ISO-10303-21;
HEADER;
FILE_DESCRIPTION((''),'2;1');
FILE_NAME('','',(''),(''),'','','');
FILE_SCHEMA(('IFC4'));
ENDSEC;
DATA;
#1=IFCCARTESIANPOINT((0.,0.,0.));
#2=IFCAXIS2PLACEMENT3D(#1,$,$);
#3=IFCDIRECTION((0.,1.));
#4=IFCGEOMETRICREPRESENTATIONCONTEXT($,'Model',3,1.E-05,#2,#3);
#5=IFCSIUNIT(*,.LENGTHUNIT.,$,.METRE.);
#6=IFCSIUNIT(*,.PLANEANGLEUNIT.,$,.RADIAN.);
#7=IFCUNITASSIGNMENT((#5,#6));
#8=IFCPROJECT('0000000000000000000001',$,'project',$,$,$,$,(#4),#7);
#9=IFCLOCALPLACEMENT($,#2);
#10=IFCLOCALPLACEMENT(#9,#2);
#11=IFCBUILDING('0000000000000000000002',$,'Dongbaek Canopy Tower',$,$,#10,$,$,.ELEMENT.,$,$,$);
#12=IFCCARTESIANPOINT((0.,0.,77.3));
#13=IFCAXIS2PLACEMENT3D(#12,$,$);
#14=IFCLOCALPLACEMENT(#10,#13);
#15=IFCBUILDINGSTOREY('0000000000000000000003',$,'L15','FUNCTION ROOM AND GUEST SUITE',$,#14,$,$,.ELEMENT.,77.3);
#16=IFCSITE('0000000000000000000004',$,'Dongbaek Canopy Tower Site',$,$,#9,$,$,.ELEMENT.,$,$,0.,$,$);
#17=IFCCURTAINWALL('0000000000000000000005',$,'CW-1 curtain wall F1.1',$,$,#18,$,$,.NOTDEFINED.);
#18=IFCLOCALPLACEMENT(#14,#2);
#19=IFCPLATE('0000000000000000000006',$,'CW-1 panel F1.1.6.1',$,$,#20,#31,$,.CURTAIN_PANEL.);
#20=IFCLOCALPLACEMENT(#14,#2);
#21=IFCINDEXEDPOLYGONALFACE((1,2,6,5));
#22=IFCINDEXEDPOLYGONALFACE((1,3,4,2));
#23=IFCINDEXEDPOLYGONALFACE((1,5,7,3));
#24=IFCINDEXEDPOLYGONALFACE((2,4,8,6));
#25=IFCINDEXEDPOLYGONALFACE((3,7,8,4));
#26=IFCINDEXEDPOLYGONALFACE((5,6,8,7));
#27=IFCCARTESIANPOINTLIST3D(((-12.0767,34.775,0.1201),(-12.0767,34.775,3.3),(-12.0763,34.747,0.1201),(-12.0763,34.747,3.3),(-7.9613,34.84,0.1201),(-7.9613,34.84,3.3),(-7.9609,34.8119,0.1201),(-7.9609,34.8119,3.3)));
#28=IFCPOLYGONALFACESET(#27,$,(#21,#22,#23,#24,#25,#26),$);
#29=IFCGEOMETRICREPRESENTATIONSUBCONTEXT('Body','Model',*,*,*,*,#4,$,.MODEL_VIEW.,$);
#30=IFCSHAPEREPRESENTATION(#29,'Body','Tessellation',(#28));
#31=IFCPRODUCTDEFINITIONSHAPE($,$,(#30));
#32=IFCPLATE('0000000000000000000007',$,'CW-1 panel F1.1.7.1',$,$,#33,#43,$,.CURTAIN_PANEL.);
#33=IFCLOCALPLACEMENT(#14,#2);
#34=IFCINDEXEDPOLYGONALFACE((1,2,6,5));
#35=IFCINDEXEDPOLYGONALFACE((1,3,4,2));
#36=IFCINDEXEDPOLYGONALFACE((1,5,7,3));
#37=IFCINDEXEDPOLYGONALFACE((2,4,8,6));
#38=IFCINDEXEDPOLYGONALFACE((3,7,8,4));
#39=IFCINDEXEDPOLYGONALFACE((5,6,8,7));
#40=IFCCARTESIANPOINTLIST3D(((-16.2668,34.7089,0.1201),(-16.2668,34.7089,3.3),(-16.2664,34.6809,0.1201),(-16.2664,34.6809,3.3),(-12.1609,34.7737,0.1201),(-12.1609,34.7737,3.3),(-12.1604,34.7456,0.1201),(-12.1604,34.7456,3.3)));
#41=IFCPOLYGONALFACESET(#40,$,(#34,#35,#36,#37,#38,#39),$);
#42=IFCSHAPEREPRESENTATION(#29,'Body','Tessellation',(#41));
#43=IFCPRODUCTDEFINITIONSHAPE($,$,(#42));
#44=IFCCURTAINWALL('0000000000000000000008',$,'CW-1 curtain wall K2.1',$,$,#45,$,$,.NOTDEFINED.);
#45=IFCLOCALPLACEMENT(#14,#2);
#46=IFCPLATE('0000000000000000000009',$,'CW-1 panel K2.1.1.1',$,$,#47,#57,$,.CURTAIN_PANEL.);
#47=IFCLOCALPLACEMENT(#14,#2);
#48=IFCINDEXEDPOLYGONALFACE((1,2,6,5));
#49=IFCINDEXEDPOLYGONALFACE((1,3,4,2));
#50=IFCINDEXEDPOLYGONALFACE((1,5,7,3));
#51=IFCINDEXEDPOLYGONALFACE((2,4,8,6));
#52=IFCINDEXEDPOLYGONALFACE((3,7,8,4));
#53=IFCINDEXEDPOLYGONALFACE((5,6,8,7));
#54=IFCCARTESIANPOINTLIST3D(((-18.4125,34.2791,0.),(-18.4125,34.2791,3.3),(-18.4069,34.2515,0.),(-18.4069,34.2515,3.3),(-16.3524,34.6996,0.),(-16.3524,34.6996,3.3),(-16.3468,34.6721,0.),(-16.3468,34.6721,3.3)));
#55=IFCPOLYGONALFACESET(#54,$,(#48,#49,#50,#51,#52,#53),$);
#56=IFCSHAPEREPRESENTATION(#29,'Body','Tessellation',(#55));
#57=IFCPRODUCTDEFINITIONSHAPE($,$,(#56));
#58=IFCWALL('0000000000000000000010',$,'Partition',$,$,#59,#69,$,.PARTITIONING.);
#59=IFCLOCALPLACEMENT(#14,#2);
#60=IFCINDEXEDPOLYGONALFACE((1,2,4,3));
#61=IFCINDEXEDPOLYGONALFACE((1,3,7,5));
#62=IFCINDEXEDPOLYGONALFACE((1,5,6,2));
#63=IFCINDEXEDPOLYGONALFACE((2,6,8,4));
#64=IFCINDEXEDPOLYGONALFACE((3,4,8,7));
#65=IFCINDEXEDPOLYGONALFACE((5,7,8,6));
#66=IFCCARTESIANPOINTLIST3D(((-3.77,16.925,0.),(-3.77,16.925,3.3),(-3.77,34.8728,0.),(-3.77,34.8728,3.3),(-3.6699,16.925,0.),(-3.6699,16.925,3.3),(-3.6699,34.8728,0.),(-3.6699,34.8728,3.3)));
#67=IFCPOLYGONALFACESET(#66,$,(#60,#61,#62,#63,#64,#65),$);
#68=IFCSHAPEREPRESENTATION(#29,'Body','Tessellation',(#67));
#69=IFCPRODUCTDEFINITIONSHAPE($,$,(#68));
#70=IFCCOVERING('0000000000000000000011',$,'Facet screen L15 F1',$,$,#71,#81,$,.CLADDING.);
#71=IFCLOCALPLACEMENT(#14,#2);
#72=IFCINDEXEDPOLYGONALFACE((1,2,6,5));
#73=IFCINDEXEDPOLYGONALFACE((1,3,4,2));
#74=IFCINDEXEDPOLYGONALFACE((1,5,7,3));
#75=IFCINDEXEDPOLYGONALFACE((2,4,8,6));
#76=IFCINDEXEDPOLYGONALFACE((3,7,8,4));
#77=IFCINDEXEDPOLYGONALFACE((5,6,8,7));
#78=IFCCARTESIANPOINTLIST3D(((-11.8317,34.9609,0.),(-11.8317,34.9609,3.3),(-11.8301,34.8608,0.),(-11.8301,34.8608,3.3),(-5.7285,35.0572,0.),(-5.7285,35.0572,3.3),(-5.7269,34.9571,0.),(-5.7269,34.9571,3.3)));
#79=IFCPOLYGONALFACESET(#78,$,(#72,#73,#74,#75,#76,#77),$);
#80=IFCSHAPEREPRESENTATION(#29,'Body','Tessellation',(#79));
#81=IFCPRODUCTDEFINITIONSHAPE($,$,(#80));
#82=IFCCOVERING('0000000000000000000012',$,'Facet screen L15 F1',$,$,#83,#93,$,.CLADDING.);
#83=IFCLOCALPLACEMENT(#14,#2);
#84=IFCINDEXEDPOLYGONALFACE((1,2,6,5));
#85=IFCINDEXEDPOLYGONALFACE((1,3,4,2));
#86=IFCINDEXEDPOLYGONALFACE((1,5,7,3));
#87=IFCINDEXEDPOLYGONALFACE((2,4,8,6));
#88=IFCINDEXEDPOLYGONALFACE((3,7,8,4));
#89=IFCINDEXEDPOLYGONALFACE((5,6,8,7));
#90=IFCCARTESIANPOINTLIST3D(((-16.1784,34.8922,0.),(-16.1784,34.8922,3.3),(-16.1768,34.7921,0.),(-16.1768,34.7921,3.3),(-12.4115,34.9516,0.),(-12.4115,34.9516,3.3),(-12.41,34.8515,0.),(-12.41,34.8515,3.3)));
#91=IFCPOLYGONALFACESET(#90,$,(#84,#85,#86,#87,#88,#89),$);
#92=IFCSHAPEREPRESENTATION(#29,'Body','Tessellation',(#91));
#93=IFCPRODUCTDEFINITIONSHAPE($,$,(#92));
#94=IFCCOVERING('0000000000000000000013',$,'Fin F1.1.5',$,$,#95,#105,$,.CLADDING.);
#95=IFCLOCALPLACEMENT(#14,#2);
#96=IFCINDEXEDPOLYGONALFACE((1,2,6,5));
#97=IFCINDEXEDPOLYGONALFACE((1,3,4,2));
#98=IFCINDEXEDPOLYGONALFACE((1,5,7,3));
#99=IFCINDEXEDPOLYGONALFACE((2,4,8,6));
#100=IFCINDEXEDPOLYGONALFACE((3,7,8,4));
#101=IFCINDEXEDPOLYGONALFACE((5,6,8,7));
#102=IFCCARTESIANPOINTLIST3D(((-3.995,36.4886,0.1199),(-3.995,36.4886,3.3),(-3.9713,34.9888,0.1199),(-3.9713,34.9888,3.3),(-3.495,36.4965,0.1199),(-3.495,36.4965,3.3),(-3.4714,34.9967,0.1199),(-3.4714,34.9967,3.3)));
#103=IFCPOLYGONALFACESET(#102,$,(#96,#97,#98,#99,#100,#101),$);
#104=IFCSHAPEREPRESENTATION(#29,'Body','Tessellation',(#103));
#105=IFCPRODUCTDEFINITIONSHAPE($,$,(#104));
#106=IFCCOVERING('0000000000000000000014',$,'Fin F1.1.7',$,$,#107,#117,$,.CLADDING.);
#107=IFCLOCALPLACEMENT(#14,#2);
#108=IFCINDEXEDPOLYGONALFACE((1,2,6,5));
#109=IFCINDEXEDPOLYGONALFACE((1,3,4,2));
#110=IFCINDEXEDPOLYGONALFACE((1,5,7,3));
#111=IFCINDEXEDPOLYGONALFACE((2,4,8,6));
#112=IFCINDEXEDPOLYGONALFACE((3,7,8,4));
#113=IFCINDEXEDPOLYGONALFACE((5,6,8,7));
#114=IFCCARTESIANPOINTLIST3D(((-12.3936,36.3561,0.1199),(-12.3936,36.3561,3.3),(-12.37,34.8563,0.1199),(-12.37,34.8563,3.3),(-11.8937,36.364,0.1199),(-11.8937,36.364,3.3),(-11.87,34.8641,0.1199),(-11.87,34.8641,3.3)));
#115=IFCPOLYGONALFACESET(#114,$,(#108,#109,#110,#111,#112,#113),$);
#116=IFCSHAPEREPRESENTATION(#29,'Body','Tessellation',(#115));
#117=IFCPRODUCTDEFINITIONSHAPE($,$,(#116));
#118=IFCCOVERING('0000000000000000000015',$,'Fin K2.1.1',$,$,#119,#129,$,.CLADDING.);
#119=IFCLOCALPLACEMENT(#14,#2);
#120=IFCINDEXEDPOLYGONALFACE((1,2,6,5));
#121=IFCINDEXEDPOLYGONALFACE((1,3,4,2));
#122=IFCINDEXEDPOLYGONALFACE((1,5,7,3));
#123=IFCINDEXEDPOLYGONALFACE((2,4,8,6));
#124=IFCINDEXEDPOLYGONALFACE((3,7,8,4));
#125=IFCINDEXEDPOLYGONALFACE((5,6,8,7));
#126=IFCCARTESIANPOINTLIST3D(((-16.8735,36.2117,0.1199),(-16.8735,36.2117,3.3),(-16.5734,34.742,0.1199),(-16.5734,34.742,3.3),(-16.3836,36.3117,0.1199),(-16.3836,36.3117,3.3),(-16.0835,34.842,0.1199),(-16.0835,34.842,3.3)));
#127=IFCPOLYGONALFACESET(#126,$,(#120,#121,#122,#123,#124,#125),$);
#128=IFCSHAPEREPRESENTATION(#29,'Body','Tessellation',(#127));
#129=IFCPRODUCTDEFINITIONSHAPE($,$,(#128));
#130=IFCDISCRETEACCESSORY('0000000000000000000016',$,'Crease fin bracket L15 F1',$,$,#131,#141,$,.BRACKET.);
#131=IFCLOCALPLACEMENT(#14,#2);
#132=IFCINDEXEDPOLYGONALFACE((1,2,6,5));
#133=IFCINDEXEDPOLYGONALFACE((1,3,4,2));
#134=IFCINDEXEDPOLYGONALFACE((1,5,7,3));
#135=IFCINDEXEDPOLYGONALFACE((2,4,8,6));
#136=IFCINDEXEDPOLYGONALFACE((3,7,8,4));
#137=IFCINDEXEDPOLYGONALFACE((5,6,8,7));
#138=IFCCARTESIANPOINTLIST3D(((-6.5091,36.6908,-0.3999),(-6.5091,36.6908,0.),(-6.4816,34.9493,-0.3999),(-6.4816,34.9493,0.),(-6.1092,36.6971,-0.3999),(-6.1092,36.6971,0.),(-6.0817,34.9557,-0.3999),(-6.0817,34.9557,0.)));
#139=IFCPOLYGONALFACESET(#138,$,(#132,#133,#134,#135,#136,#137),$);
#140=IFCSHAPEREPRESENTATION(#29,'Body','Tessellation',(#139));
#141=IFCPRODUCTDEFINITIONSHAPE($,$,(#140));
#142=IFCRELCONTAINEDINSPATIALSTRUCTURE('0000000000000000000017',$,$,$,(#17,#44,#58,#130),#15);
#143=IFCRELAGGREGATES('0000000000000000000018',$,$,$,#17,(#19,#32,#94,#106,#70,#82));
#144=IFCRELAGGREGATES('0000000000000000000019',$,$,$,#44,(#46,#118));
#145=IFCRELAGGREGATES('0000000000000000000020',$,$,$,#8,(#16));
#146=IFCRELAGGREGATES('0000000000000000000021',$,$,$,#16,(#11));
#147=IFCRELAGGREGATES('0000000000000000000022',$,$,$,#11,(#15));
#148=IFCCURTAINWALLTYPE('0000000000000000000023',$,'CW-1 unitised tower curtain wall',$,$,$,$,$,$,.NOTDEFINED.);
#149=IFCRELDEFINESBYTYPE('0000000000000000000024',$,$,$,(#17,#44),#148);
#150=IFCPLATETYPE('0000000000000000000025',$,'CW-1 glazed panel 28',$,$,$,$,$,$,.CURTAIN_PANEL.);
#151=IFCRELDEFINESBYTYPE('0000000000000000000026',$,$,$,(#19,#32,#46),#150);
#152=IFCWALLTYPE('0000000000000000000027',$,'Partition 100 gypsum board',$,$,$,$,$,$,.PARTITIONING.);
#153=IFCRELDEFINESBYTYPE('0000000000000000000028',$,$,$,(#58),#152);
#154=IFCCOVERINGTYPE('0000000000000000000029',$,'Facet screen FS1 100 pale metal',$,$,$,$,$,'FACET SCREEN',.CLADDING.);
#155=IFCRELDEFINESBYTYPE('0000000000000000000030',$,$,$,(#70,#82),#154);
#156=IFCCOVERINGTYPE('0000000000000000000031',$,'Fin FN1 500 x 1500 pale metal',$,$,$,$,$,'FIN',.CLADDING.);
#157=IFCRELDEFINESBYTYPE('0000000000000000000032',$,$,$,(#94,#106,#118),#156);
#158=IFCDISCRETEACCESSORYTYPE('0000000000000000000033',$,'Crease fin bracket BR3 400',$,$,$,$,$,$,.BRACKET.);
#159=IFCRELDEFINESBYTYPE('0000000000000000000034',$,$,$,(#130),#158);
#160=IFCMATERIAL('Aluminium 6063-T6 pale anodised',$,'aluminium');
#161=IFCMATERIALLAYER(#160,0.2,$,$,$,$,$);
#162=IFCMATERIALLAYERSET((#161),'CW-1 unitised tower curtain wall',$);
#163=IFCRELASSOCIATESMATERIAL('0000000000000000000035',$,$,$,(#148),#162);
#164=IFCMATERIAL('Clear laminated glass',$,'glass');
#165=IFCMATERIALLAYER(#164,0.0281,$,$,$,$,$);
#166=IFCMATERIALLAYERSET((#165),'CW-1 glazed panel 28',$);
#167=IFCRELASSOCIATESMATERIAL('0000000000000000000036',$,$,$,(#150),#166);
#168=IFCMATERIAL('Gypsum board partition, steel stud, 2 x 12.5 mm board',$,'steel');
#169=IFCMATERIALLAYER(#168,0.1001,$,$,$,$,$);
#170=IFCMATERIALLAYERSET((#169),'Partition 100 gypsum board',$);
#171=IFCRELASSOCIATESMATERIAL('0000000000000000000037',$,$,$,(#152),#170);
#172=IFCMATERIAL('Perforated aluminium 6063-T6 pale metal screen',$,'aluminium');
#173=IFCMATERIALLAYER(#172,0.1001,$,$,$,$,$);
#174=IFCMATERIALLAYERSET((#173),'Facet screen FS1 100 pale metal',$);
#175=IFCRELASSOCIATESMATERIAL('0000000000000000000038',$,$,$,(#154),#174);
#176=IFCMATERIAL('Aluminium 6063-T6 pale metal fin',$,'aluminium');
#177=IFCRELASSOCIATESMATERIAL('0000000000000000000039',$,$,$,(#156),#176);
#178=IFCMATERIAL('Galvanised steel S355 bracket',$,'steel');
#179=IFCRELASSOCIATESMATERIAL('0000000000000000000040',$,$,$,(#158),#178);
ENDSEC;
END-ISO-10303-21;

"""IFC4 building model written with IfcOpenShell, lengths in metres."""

from ifc_helpers import new_model, si_unit, direction, frame, frame_2d, origin, origin_2d, place, context, subcontext, project, spatial, rectangle, extrude, material, layer, layer_set, material_profile, profile_set, type_object, element, aggregate, save


model = new_model("IFC4")

# Units and contexts
model_context = context("Model", 3, precision=1e-05, world=origin(), true_north=direction((0.0, 1.0)))
body_context = subcontext(model_context, "Body", "Model", "MODEL_VIEW")
ifc_project = project(units=[si_unit("LENGTHUNIT", "METRE"), si_unit("PLANEANGLEUNIT", "RADIAN")], contexts=[model_context])

# Site, building, storey
site_placement = place(None, origin())
site = spatial("IfcSite", under=ifc_project, at=site_placement, Name="Dongbaek Canopy Tower Site", CompositionType="ELEMENT", RefElevation=0.0)
building_placement = place(site_placement, origin())
building = spatial("IfcBuilding", under=site, at=building_placement, Name="Dongbaek Canopy Tower", CompositionType="ELEMENT")
storey_placement = place(building_placement, frame((0.0, 0.0, 77.3)))
storey = spatial("IfcBuildingStorey", under=building, at=storey_placement, Name="L15", Description="FUNCTION ROOM AND GUEST SUITE", CompositionType="ELEMENT", Elevation=77.3)

# Curtain wall
ifc_material_1 = material(Name="Aluminium 6063-T6 pale anodised", Category="aluminium")
ifc_layer_1 = layer(ifc_material_1, 0.2)
ifc_layer_set_1 = layer_set([ifc_layer_1], Name="CW-1 unitised tower curtain wall")
curtain_wall_type = type_object("IfcCurtainWallType", Name="CW-1 unitised tower curtain wall", PredefinedType="NOTDEFINED", material=ifc_layer_set_1)
curtain_wall_1_placement = place(storey_placement, origin())
curtain_wall_1 = element("IfcCurtainWall", 1, at=curtain_wall_1_placement, inside=storey, type_object=curtain_wall_type, Name="CW-1 curtain wall F1.1", PredefinedType="NOTDEFINED")

# Plates
ifc_material_2 = material(Name="Clear laminated glass", Category="glass")
ifc_layer_2 = layer(ifc_material_2, 0.0281)
ifc_layer_set_2 = layer_set([ifc_layer_2], Name="CW-1 glazed panel 28")
plate_type = type_object("IfcPlateType", Name="CW-1 glazed panel 28", PredefinedType="CURTAIN_PANEL", material=ifc_layer_set_2)
plate_1_placement = place(storey_placement, frame((-10.0188, 34.7935, 0.1201), z_axis=(0.0, 0.0, 1.0), x_axis=(-0.999876, -0.015774, 0.0)))
plate_1 = element("IfcPlate", 2, at=plate_1_placement, type_object=plate_type, Name="CW-1 panel F1.1.6.1", PredefinedType="CURTAIN_PANEL", context=body_context, shape_type="SweptSolid", body=[
    extrude(rectangle(XDim=4.116, YDim=0.0281, at=origin_2d()), origin(), (0.0, 0.0, 1.0), 3.1799),
])
plate_2_placement = place(storey_placement, frame((-14.2136, 34.7273, 0.1201), z_axis=(0.0, 0.0, 1.0), x_axis=(-0.999876, -0.015774, 0.0)))
plate_2 = element("IfcPlate", 3, at=plate_2_placement, type_object=plate_type, Name="CW-1 panel F1.1.7.1", PredefinedType="CURTAIN_PANEL", context=body_context, shape_type="SweptSolid", body=[
    extrude(rectangle(XDim=4.1064, YDim=0.0281, at=origin_2d()), origin(), (0.0, 0.0, 1.0), 3.1799),
])

# Curtain wall, plate
curtain_wall_2_placement = place(storey_placement, origin())
curtain_wall_2 = element("IfcCurtainWall", 4, at=curtain_wall_2_placement, inside=storey, type_object=curtain_wall_type, Name="CW-1 curtain wall K2.1", PredefinedType="NOTDEFINED")
plate_3_placement = place(storey_placement, frame((-17.3796, 34.4756, 0.0), z_axis=(0.0, 0.0, 1.0), x_axis=(-0.97979, -0.200029, 0.0)))
plate_3 = element("IfcPlate", 5, at=plate_3_placement, type_object=plate_type, Name="CW-1 panel K2.1.1.1", PredefinedType="CURTAIN_PANEL", context=body_context, shape_type="SweptSolid", body=[
    extrude(rectangle(XDim=2.1025, YDim=0.0281, at=origin_2d()), origin(), (0.0, 0.0, 1.0), 3.3),
])

# Wall
ifc_material_3 = material(Name="Gypsum board partition, steel stud, 2 x 12.5 mm board", Category="steel")
ifc_layer_3 = layer(ifc_material_3, 0.1001)
ifc_layer_set_3 = layer_set([ifc_layer_3], Name="Partition 100 gypsum board")
wall_type = type_object("IfcWallType", Name="Partition 100 gypsum board", PredefinedType="PARTITIONING", material=ifc_layer_set_3)
wall_placement = place(storey_placement, frame((-3.72, 16.925, 0.0), z_axis=(0.0, 0.0, 1.0), x_axis=(0.0, 1.0, 0.0)))
element("IfcWall", 6, at=wall_placement, inside=storey, type_object=wall_type, Name="Partition", PredefinedType="PARTITIONING", context=body_context, shape_type="SweptSolid", body=[
    extrude(rectangle(XDim=17.9478, YDim=0.1001, at=frame_2d((8.9739, 0.0))), origin(), (0.0, 0.0, 1.0), 3.3),
])

# Coverings
ifc_material_4 = material(Name="Perforated aluminium 6063-T6 pale metal screen", Category="aluminium")
ifc_layer_4 = layer(ifc_material_4, 0.1001)
ifc_layer_set_4 = layer_set([ifc_layer_4], Name="Facet screen FS1 100 pale metal")
covering_type_1 = type_object("IfcCoveringType", Name="Facet screen FS1 100 pale metal", ElementType="FACET SCREEN", PredefinedType="CLADDING", material=ifc_layer_set_4)
covering_1_placement = place(storey_placement, frame((-8.7793, 34.959, 0.0), z_axis=(0.0, 0.0, 1.0), x_axis=(-0.999876, -0.015774, 0.0)))
covering_1 = element("IfcCovering", 7, at=covering_1_placement, type_object=covering_type_1, Name="Facet screen L15 F1", PredefinedType="CLADDING", context=body_context, shape_type="SweptSolid", body=[
    extrude(rectangle(XDim=6.104, YDim=0.1001, at=origin_2d()), origin(), (0.0, 0.0, 1.0), 3.3),
])
covering_2_placement = place(storey_placement, frame((-14.2942, 34.8718, 0.0), z_axis=(0.0, 0.0, 1.0), x_axis=(-0.999876, -0.015774, 0.0)))
covering_2 = element("IfcCovering", 8, at=covering_2_placement, type_object=covering_type_1, Name="Facet screen L15 F1", PredefinedType="CLADDING", context=body_context, shape_type="SweptSolid", body=[
    extrude(rectangle(XDim=3.7673, YDim=0.1001, at=origin_2d()), origin(), (0.0, 0.0, 1.0), 3.3),
])
ifc_material_5 = material(Name="Aluminium 6063-T6 pale metal fin", Category="aluminium")
ifc_material_profile_1 = material_profile(ifc_material_5, rectangle(XDim=1.5, YDim=0.5, at=origin_2d()), Name="Fin FN1 500 x 1500 pale metal")
ifc_profile_set_1 = profile_set([ifc_material_profile_1], Name="Aluminium 6063-T6 pale metal fin")
covering_type_2 = type_object("IfcCoveringType", Name="Fin FN1 500 x 1500 pale metal", ElementType="FIN", PredefinedType="CLADDING", material=ifc_profile_set_1)
covering_3_placement = place(storey_placement, frame((-3.7332, 35.7427, 0.1199), z_axis=(0.0, 0.0, 1.0), x_axis=(-0.015774, 0.999876, 0.0)))
covering_3 = element("IfcCovering", 9, at=covering_3_placement, type_object=covering_type_2, Name="Fin F1.1.5", PredefinedType="CLADDING", context=body_context, shape_type="SweptSolid", body=[
    extrude(rectangle(XDim=1.5, YDim=0.5, at=origin_2d()), origin(), (0.0, 0.0, 1.0), 3.1802),
])
covering_4_placement = place(storey_placement, frame((-12.1318, 35.6101, 0.1199), z_axis=(0.0, 0.0, 1.0), x_axis=(-0.015774, 0.999876, 0.0)))
covering_4 = element("IfcCovering", 10, at=covering_4_placement, type_object=covering_type_2, Name="Fin F1.1.7", PredefinedType="CLADDING", context=body_context, shape_type="SweptSolid", body=[
    extrude(rectangle(XDim=1.5, YDim=0.5, at=origin_2d()), origin(), (0.0, 0.0, 1.0), 3.1802),
])
aggregate(curtain_wall_1, [plate_1, plate_2, covering_3, covering_4, covering_1, covering_2])
covering_5_placement = place(storey_placement, frame((-16.4785, 35.5269, 0.1199), z_axis=(0.0, 0.0, 1.0), x_axis=(-0.200029, 0.97979, 0.0)))
covering_5 = element("IfcCovering", 11, at=covering_5_placement, type_object=covering_type_2, Name="Fin K2.1.1", PredefinedType="CLADDING", context=body_context, shape_type="SweptSolid", body=[
    extrude(rectangle(XDim=1.5, YDim=0.5, at=origin_2d()), origin(), (0.0, 0.0, 1.0), 3.1802),
])
aggregate(curtain_wall_2, [plate_3, covering_5])

# Discrete accessory
ifc_material_6 = material(Name="Galvanised steel S355 bracket", Category="steel")
discrete_accessory_type = type_object("IfcDiscreteAccessoryType", Name="Crease fin bracket BR3 400", PredefinedType="BRACKET", material=ifc_material_6)
discrete_accessory_placement = place(storey_placement, frame((-6.2954, 35.8232, -0.3999), z_axis=(0.0, 0.0, 1.0), x_axis=(-0.015774, 0.999876, 0.0)))
element("IfcDiscreteAccessory", 12, at=discrete_accessory_placement, inside=storey, type_object=discrete_accessory_type, Name="Crease fin bracket L15 F1", PredefinedType="BRACKET", context=body_context, shape_type="SweptSolid", body=[
    extrude(rectangle(XDim=1.7417, YDim=0.3999, at=origin_2d()), origin(), (0.0, 0.0, 1.0), 0.3999),
])

save(model, "model.ifc")
